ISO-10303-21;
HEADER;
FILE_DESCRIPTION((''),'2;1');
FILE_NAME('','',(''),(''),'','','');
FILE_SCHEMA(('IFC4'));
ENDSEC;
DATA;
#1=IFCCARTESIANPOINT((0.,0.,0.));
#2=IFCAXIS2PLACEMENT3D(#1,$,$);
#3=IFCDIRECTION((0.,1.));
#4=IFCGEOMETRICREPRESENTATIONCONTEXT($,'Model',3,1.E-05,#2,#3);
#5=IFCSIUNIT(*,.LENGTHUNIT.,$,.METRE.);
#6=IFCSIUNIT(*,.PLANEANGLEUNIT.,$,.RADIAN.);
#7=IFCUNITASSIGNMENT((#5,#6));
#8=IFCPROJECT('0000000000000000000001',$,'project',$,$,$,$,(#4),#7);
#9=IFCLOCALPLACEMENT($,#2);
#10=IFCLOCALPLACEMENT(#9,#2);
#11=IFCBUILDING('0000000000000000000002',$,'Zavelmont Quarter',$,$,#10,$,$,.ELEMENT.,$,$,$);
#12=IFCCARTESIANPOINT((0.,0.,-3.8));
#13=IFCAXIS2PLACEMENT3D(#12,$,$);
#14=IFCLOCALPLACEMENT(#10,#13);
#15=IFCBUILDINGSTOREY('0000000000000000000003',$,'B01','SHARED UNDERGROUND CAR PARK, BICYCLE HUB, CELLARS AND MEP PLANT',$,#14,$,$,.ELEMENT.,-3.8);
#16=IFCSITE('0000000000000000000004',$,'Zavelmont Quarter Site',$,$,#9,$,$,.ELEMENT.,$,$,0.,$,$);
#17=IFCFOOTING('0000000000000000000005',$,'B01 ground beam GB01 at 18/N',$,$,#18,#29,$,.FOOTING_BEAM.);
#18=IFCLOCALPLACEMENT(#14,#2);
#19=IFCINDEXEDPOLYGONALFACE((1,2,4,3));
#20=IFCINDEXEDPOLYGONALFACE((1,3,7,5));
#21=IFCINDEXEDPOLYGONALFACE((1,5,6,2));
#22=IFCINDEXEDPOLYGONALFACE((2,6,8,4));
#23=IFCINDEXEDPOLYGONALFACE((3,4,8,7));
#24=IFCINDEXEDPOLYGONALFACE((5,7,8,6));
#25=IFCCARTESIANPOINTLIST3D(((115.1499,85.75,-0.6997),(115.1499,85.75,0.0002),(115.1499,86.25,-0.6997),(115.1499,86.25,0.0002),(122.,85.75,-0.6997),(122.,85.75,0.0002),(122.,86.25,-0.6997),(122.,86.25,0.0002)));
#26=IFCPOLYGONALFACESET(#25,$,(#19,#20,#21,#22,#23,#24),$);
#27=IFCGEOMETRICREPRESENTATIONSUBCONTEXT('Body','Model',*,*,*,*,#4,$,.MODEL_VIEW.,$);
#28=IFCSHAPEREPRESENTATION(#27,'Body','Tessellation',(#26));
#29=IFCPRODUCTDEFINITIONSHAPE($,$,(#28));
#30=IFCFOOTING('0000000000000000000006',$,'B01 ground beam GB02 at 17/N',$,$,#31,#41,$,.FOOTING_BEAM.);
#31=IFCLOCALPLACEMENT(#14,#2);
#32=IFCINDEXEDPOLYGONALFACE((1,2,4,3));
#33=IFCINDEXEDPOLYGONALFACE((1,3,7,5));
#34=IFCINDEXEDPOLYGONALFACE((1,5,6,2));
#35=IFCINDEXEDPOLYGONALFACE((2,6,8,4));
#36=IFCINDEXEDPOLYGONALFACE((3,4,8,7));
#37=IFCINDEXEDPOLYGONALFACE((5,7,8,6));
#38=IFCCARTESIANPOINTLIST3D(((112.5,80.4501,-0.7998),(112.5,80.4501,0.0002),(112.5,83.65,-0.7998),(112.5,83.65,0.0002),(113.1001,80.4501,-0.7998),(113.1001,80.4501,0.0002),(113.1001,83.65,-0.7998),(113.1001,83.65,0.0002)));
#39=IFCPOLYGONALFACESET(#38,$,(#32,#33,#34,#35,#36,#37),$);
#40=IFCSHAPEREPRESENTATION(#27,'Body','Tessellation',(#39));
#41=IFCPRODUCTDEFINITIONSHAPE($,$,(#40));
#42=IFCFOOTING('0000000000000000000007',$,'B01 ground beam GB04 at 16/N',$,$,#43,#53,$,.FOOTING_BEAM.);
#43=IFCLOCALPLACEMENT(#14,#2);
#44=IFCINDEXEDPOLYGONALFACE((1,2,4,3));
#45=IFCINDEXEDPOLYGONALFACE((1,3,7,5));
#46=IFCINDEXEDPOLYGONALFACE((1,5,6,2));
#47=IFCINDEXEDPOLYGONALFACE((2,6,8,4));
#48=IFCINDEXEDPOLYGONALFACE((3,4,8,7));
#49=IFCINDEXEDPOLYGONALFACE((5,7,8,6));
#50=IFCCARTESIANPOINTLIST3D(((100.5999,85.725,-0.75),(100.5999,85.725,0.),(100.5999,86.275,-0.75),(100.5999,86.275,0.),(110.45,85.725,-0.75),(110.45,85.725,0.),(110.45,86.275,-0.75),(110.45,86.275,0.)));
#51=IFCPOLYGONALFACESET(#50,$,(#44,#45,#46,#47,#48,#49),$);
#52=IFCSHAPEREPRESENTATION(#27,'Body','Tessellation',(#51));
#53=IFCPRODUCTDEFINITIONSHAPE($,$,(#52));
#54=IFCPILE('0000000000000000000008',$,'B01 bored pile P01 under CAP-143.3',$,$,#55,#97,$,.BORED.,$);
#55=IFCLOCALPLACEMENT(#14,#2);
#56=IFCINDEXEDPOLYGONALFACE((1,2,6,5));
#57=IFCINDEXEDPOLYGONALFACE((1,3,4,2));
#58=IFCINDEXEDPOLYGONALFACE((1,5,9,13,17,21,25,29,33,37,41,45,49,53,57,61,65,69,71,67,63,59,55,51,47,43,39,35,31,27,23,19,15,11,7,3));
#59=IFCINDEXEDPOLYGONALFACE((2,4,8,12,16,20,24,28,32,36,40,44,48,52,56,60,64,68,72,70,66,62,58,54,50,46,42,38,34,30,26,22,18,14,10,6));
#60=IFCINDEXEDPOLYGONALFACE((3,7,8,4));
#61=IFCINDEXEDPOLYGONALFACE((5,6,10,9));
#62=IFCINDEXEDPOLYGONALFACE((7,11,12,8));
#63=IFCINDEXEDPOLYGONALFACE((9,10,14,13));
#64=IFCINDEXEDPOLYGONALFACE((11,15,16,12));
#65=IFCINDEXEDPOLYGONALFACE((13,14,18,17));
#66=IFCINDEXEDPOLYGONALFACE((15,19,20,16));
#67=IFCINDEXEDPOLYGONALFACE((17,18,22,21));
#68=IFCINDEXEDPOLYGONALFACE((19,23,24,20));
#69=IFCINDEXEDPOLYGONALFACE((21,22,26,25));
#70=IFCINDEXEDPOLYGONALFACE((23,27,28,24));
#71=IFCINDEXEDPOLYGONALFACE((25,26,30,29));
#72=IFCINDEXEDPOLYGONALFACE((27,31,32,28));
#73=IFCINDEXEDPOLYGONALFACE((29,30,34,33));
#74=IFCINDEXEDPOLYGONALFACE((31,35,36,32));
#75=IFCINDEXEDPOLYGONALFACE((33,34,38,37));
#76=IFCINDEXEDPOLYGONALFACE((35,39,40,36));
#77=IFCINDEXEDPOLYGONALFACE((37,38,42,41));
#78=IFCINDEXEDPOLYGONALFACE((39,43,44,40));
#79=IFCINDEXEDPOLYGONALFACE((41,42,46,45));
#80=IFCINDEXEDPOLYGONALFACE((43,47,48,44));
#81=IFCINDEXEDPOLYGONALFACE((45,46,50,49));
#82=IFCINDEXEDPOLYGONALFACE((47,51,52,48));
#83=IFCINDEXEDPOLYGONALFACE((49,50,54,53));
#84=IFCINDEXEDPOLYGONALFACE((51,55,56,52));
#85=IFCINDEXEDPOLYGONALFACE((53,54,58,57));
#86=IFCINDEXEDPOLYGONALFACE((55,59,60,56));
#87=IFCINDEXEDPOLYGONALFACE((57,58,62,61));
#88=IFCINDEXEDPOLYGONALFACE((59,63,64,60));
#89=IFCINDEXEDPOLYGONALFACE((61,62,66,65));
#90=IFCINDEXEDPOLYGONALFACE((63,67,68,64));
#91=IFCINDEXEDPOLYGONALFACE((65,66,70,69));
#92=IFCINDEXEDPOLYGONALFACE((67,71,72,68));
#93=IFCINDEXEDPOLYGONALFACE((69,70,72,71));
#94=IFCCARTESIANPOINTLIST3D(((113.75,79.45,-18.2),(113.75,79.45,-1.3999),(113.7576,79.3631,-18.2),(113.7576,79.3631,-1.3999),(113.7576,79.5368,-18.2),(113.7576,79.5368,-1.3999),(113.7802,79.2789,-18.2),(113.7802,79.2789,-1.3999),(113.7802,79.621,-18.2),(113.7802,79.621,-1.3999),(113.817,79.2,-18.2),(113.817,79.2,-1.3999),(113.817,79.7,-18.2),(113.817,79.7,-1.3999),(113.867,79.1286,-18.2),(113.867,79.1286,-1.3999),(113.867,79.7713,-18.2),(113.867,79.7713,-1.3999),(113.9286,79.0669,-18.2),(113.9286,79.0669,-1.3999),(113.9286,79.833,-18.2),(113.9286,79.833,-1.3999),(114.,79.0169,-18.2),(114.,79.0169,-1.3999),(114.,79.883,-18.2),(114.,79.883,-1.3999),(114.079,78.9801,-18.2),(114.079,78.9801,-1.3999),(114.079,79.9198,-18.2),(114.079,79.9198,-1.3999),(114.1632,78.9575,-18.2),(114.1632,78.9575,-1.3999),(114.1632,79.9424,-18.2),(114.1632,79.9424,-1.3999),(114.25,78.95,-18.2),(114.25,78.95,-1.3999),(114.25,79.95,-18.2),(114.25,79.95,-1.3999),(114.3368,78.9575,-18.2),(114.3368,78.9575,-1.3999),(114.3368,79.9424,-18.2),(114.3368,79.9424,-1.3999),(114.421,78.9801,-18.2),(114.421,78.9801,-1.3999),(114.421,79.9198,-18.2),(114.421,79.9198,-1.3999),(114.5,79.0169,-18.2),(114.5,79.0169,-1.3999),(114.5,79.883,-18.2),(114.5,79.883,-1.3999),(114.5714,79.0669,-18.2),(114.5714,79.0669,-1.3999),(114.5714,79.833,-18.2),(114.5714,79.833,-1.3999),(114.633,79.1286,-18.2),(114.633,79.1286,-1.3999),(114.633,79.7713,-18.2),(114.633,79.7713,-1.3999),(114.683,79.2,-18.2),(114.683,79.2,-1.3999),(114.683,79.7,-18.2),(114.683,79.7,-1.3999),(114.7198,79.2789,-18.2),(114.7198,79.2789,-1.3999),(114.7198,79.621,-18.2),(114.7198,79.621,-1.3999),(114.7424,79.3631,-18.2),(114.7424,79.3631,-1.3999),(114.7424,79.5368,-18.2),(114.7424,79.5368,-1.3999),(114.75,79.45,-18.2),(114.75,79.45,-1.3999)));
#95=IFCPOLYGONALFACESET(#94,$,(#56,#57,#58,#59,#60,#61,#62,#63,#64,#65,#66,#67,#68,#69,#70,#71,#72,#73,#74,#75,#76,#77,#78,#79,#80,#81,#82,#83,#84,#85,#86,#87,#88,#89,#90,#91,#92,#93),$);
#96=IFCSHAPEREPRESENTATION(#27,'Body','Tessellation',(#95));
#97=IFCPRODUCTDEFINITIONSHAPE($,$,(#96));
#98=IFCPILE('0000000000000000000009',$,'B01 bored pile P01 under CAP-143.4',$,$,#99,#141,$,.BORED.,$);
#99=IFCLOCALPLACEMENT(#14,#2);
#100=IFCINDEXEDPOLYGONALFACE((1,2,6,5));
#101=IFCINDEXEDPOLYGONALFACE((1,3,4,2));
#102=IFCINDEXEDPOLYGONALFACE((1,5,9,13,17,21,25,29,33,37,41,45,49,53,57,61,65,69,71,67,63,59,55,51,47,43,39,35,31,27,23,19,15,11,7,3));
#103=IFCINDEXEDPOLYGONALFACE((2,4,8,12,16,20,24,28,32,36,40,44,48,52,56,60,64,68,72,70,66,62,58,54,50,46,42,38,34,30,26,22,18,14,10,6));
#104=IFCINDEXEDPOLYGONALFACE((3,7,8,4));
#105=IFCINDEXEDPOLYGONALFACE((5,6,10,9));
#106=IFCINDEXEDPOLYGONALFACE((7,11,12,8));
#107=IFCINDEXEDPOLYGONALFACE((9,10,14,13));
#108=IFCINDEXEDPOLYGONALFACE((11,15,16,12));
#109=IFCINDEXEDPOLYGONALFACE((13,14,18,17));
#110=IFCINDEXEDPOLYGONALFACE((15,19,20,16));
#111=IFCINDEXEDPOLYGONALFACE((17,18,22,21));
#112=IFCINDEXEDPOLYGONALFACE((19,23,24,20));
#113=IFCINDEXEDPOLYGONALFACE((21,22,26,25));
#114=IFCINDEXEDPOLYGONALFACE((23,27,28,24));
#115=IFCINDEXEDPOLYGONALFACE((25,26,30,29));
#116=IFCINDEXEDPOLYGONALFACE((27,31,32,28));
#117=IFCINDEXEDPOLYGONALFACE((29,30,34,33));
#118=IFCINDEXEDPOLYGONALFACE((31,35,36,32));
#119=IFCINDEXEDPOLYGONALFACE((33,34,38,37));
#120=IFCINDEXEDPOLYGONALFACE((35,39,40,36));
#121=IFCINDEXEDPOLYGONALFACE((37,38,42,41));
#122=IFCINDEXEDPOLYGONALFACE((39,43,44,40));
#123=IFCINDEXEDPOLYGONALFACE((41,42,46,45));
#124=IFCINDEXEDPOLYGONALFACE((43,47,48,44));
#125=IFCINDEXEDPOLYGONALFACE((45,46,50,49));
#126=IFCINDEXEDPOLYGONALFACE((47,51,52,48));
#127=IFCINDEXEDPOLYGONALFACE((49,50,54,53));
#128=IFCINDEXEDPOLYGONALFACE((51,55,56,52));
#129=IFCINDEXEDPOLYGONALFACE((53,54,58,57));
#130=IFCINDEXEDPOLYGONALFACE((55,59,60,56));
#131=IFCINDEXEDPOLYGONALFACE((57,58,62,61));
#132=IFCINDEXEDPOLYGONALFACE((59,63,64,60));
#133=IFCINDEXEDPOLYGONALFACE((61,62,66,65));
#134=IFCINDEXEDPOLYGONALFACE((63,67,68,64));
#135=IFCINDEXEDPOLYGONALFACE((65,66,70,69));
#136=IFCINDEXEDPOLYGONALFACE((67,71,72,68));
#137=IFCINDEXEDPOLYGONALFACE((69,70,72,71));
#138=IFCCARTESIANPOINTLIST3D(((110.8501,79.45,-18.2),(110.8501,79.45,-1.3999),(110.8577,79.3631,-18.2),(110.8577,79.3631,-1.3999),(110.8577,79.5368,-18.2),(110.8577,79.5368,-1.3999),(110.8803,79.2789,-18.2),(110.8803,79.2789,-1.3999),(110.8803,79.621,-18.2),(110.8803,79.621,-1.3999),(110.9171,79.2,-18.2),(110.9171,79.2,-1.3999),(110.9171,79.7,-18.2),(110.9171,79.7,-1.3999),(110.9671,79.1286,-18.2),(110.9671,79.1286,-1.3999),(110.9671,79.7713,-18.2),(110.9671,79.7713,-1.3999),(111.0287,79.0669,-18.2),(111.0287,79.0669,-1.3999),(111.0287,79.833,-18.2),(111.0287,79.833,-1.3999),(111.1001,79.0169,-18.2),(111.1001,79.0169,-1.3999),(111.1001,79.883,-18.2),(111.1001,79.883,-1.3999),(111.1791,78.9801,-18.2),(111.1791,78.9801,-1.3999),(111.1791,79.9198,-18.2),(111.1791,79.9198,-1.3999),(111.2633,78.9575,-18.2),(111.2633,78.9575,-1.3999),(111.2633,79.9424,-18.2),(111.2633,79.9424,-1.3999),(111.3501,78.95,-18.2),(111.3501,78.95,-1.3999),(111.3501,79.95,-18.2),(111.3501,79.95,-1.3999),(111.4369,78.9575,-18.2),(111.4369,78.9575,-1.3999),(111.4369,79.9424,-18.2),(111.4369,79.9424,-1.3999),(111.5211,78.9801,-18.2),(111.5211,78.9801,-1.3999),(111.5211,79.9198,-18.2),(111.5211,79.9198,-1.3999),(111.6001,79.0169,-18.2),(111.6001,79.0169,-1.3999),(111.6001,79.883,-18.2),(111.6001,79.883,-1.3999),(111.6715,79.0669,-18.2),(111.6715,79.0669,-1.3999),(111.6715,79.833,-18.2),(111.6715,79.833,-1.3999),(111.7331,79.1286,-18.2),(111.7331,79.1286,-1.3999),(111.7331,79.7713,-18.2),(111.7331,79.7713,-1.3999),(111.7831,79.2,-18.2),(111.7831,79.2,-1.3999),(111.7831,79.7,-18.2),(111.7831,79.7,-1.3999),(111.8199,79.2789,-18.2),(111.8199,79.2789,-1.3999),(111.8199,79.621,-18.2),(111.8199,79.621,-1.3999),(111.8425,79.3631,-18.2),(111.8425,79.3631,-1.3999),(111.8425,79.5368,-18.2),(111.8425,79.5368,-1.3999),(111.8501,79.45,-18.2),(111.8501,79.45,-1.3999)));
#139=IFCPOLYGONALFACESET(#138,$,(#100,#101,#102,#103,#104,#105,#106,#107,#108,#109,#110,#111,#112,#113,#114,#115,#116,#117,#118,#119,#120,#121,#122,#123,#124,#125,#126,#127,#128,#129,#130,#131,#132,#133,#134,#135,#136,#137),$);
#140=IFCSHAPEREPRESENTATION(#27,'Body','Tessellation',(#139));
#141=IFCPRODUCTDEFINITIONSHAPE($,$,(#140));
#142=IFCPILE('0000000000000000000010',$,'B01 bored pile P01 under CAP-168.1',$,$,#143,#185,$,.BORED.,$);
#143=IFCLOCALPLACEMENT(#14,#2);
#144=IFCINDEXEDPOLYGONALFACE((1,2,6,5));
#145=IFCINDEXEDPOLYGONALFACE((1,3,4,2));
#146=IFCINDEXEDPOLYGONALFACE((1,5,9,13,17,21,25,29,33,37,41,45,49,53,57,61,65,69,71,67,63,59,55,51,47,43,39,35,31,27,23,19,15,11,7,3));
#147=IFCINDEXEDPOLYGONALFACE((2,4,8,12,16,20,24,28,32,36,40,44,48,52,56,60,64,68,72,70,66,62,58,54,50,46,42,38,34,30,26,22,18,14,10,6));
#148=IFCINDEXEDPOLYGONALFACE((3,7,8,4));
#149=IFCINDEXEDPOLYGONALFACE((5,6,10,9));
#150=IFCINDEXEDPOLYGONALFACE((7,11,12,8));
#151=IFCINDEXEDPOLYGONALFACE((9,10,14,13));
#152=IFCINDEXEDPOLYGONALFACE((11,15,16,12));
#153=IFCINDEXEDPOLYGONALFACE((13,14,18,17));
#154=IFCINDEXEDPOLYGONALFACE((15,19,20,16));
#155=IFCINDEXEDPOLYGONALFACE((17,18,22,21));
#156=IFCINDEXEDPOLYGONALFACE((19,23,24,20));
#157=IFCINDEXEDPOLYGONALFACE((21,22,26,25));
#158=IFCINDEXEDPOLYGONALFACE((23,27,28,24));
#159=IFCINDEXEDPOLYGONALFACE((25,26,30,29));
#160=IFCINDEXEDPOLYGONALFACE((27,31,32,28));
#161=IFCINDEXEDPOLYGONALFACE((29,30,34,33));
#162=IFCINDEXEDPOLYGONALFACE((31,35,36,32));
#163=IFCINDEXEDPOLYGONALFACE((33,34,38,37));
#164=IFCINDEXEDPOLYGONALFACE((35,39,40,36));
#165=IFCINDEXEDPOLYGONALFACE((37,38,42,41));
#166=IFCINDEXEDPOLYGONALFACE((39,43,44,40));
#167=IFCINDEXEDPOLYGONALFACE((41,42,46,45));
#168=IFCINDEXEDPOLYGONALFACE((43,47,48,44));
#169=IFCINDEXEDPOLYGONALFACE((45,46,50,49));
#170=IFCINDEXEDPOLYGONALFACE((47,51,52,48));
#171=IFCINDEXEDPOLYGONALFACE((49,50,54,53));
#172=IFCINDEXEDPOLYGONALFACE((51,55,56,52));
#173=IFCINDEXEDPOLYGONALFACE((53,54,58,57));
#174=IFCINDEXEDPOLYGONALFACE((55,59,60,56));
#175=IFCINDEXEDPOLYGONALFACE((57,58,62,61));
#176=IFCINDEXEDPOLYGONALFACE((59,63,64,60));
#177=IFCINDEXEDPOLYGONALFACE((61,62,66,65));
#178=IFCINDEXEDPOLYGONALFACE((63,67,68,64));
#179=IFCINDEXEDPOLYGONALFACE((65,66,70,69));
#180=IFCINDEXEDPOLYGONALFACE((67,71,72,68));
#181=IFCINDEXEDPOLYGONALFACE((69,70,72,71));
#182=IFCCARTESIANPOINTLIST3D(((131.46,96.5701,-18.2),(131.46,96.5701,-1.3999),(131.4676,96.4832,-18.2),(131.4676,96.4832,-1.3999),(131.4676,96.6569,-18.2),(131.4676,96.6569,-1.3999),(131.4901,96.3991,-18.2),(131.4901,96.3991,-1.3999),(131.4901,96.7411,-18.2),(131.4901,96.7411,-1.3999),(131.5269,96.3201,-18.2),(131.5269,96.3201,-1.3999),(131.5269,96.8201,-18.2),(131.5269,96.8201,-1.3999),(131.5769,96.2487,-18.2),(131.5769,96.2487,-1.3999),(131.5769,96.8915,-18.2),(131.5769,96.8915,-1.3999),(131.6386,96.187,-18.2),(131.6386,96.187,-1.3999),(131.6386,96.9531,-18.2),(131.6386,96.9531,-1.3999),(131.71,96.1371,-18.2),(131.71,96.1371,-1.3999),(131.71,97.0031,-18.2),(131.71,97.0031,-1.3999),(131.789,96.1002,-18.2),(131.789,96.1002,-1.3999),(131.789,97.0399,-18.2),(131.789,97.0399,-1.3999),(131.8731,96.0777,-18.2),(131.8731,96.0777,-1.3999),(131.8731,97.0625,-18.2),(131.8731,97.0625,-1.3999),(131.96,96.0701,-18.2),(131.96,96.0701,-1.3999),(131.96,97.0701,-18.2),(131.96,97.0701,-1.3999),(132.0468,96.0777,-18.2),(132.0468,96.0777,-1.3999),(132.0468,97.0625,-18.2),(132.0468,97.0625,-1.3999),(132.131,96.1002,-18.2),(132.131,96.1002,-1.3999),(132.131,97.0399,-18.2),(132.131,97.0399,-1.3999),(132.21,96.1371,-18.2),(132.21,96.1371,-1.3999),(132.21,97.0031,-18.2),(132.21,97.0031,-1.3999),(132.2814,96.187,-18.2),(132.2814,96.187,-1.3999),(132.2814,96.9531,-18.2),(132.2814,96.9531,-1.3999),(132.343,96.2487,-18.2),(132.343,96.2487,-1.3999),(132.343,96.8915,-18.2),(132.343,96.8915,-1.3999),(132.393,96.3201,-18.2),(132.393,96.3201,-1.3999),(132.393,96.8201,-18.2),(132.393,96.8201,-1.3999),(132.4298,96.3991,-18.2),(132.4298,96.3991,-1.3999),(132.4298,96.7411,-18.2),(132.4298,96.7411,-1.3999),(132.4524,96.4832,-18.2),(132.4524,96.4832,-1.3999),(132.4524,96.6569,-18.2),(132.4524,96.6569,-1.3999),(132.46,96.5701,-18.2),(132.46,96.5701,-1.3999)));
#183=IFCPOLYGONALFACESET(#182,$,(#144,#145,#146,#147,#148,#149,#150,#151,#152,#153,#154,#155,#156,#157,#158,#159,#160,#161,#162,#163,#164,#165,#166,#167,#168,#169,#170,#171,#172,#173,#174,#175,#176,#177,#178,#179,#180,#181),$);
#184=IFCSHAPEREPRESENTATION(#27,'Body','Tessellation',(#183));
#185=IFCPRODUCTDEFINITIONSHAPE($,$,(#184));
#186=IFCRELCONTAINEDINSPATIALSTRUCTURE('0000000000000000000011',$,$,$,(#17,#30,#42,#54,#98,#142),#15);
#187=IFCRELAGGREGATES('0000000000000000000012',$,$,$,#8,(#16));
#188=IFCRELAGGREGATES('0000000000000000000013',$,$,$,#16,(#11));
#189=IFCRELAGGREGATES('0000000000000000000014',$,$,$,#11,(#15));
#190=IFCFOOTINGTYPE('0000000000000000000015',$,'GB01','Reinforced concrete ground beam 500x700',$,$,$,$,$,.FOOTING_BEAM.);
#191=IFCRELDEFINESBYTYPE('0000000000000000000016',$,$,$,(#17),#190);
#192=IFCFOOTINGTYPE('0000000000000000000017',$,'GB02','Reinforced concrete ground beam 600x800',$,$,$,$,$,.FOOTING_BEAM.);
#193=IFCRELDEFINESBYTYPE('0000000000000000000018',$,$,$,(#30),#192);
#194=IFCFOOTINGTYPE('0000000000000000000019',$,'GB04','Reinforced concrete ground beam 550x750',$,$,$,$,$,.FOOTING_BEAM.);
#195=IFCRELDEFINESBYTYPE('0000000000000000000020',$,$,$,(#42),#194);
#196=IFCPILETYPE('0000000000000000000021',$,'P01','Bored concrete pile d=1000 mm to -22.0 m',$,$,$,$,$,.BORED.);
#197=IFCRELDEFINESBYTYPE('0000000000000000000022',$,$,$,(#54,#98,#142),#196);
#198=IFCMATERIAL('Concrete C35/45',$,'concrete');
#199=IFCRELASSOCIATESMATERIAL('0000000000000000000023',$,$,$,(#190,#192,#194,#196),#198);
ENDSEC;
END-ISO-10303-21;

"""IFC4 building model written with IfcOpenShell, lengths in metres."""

from ifc_helpers import new_model, si_unit, direction, frame, origin, origin_2d, place, context, subcontext, project, spatial, rectangle, circle, extrude, material, material_profile, profile_set, type_object, element, save


model = new_model("IFC4")

# Units and contexts
model_context = context("Model", 3, precision=1e-05, world=origin(), true_north=direction((0.0, 1.0)))
body_context = subcontext(model_context, "Body", "Model", "MODEL_VIEW")
ifc_project = project(units=[si_unit("LENGTHUNIT", "METRE"), si_unit("PLANEANGLEUNIT", "RADIAN")], contexts=[model_context])

# Site, building, storey
site_placement = place(None, origin())
site = spatial("IfcSite", under=ifc_project, at=site_placement, Name="Zavelmont Quarter Site", CompositionType="ELEMENT", RefElevation=0.0)
building_placement = place(site_placement, origin())
building = spatial("IfcBuilding", under=site, at=building_placement, Name="Zavelmont Quarter", CompositionType="ELEMENT")
storey_placement = place(building_placement, frame((0.0, 0.0, -3.8)))
storey = spatial("IfcBuildingStorey", under=building, at=storey_placement, Name="B01", Description="SHARED UNDERGROUND CAR PARK, BICYCLE HUB, CELLARS AND MEP PLANT", CompositionType="ELEMENT", Elevation=-3.8)

# Footings
ifc_material_1 = material(Name="Concrete C35/45", Category="concrete")
footing_type_1 = type_object("IfcFootingType", Name="GB01", Description="Reinforced concrete ground beam 500x700", PredefinedType="FOOTING_BEAM", material=ifc_material_1)
footing_1_placement = place(storey_placement, frame((118.575, 86.0, -0.6997), z_axis=(0.0, 0.0, 1.0), x_axis=(1.0, 0.0, 0.0)))
element("IfcFooting", 1, at=footing_1_placement, inside=storey, type_object=footing_type_1, Name="B01 ground beam GB01 at 18/N", PredefinedType="FOOTING_BEAM", context=body_context, shape_type="SweptSolid", body=[
    extrude(rectangle(XDim=6.8501, YDim=0.5, at=origin_2d()), origin(), (0.0, 0.0, 1.0), 0.7),
])
footing_type_2 = type_object("IfcFootingType", Name="GB02", Description="Reinforced concrete ground beam 600x800", PredefinedType="FOOTING_BEAM", material=ifc_material_1)
footing_2_placement = place(storey_placement, frame((112.8, 82.05, -0.7998), z_axis=(0.0, 0.0, 1.0), x_axis=(0.0, 1.0, 0.0)))
element("IfcFooting", 2, at=footing_2_placement, inside=storey, type_object=footing_type_2, Name="B01 ground beam GB02 at 17/N", PredefinedType="FOOTING_BEAM", context=body_context, shape_type="SweptSolid", body=[
    extrude(rectangle(XDim=3.2, YDim=0.6001, at=origin_2d()), origin(), (0.0, 0.0, 1.0), 0.8),
])
footing_type_3 = type_object("IfcFootingType", Name="GB04", Description="Reinforced concrete ground beam 550x750", PredefinedType="FOOTING_BEAM", material=ifc_material_1)
footing_3_placement = place(storey_placement, frame((105.5249, 86.0, -0.75), z_axis=(0.0, 0.0, 1.0), x_axis=(1.0, 0.0, 0.0)))
element("IfcFooting", 3, at=footing_3_placement, inside=storey, type_object=footing_type_3, Name="B01 ground beam GB04 at 16/N", PredefinedType="FOOTING_BEAM", context=body_context, shape_type="SweptSolid", body=[
    extrude(rectangle(XDim=9.8501, YDim=0.55, at=origin_2d()), origin(), (0.0, 0.0, 1.0), 0.75),
])

# Piles
ifc_material_profile_1 = material_profile(ifc_material_1, circle(Radius=0.5, at=origin_2d()), Name="BP1000")
ifc_profile_set_1 = profile_set([ifc_material_profile_1], Name="Concrete C35/45")
pile_type_1 = type_object("IfcPileType", Name="P01", Description="Bored concrete pile d=1000 mm to -22.0 m", PredefinedType="BORED", material=ifc_profile_set_1)
for number, where, z_axis, x_axis, name in (
    (4, (114.25, 79.45, -1.3999), (0.0, 0.0, -1.0), (1.0, 0.0, 0.0), "B01 bored pile P01 under CAP-143.3"),
    (5, (111.3501, 79.45, -1.3999), (0.0, 0.0, -1.0), (1.0, 0.0, 0.0), "B01 bored pile P01 under CAP-143.4"),
    (6, (131.96, 96.5701, -1.3999), (0.0, 0.0, -1.0), (1.0, 0.0, 0.0), "B01 bored pile P01 under CAP-168.1"),
):
    element("IfcPile", number, at=place(storey_placement, frame(where, z_axis=z_axis, x_axis=x_axis)), inside=storey, type_object=pile_type_1, Name=name, PredefinedType="BORED", context=body_context, shape_type="SweptSolid", body=[
        extrude(circle(Radius=0.5, at=origin_2d()), origin(), (0.0, 0.0, 1.0), 16.8),
    ])

save(model, "model.ifc")
